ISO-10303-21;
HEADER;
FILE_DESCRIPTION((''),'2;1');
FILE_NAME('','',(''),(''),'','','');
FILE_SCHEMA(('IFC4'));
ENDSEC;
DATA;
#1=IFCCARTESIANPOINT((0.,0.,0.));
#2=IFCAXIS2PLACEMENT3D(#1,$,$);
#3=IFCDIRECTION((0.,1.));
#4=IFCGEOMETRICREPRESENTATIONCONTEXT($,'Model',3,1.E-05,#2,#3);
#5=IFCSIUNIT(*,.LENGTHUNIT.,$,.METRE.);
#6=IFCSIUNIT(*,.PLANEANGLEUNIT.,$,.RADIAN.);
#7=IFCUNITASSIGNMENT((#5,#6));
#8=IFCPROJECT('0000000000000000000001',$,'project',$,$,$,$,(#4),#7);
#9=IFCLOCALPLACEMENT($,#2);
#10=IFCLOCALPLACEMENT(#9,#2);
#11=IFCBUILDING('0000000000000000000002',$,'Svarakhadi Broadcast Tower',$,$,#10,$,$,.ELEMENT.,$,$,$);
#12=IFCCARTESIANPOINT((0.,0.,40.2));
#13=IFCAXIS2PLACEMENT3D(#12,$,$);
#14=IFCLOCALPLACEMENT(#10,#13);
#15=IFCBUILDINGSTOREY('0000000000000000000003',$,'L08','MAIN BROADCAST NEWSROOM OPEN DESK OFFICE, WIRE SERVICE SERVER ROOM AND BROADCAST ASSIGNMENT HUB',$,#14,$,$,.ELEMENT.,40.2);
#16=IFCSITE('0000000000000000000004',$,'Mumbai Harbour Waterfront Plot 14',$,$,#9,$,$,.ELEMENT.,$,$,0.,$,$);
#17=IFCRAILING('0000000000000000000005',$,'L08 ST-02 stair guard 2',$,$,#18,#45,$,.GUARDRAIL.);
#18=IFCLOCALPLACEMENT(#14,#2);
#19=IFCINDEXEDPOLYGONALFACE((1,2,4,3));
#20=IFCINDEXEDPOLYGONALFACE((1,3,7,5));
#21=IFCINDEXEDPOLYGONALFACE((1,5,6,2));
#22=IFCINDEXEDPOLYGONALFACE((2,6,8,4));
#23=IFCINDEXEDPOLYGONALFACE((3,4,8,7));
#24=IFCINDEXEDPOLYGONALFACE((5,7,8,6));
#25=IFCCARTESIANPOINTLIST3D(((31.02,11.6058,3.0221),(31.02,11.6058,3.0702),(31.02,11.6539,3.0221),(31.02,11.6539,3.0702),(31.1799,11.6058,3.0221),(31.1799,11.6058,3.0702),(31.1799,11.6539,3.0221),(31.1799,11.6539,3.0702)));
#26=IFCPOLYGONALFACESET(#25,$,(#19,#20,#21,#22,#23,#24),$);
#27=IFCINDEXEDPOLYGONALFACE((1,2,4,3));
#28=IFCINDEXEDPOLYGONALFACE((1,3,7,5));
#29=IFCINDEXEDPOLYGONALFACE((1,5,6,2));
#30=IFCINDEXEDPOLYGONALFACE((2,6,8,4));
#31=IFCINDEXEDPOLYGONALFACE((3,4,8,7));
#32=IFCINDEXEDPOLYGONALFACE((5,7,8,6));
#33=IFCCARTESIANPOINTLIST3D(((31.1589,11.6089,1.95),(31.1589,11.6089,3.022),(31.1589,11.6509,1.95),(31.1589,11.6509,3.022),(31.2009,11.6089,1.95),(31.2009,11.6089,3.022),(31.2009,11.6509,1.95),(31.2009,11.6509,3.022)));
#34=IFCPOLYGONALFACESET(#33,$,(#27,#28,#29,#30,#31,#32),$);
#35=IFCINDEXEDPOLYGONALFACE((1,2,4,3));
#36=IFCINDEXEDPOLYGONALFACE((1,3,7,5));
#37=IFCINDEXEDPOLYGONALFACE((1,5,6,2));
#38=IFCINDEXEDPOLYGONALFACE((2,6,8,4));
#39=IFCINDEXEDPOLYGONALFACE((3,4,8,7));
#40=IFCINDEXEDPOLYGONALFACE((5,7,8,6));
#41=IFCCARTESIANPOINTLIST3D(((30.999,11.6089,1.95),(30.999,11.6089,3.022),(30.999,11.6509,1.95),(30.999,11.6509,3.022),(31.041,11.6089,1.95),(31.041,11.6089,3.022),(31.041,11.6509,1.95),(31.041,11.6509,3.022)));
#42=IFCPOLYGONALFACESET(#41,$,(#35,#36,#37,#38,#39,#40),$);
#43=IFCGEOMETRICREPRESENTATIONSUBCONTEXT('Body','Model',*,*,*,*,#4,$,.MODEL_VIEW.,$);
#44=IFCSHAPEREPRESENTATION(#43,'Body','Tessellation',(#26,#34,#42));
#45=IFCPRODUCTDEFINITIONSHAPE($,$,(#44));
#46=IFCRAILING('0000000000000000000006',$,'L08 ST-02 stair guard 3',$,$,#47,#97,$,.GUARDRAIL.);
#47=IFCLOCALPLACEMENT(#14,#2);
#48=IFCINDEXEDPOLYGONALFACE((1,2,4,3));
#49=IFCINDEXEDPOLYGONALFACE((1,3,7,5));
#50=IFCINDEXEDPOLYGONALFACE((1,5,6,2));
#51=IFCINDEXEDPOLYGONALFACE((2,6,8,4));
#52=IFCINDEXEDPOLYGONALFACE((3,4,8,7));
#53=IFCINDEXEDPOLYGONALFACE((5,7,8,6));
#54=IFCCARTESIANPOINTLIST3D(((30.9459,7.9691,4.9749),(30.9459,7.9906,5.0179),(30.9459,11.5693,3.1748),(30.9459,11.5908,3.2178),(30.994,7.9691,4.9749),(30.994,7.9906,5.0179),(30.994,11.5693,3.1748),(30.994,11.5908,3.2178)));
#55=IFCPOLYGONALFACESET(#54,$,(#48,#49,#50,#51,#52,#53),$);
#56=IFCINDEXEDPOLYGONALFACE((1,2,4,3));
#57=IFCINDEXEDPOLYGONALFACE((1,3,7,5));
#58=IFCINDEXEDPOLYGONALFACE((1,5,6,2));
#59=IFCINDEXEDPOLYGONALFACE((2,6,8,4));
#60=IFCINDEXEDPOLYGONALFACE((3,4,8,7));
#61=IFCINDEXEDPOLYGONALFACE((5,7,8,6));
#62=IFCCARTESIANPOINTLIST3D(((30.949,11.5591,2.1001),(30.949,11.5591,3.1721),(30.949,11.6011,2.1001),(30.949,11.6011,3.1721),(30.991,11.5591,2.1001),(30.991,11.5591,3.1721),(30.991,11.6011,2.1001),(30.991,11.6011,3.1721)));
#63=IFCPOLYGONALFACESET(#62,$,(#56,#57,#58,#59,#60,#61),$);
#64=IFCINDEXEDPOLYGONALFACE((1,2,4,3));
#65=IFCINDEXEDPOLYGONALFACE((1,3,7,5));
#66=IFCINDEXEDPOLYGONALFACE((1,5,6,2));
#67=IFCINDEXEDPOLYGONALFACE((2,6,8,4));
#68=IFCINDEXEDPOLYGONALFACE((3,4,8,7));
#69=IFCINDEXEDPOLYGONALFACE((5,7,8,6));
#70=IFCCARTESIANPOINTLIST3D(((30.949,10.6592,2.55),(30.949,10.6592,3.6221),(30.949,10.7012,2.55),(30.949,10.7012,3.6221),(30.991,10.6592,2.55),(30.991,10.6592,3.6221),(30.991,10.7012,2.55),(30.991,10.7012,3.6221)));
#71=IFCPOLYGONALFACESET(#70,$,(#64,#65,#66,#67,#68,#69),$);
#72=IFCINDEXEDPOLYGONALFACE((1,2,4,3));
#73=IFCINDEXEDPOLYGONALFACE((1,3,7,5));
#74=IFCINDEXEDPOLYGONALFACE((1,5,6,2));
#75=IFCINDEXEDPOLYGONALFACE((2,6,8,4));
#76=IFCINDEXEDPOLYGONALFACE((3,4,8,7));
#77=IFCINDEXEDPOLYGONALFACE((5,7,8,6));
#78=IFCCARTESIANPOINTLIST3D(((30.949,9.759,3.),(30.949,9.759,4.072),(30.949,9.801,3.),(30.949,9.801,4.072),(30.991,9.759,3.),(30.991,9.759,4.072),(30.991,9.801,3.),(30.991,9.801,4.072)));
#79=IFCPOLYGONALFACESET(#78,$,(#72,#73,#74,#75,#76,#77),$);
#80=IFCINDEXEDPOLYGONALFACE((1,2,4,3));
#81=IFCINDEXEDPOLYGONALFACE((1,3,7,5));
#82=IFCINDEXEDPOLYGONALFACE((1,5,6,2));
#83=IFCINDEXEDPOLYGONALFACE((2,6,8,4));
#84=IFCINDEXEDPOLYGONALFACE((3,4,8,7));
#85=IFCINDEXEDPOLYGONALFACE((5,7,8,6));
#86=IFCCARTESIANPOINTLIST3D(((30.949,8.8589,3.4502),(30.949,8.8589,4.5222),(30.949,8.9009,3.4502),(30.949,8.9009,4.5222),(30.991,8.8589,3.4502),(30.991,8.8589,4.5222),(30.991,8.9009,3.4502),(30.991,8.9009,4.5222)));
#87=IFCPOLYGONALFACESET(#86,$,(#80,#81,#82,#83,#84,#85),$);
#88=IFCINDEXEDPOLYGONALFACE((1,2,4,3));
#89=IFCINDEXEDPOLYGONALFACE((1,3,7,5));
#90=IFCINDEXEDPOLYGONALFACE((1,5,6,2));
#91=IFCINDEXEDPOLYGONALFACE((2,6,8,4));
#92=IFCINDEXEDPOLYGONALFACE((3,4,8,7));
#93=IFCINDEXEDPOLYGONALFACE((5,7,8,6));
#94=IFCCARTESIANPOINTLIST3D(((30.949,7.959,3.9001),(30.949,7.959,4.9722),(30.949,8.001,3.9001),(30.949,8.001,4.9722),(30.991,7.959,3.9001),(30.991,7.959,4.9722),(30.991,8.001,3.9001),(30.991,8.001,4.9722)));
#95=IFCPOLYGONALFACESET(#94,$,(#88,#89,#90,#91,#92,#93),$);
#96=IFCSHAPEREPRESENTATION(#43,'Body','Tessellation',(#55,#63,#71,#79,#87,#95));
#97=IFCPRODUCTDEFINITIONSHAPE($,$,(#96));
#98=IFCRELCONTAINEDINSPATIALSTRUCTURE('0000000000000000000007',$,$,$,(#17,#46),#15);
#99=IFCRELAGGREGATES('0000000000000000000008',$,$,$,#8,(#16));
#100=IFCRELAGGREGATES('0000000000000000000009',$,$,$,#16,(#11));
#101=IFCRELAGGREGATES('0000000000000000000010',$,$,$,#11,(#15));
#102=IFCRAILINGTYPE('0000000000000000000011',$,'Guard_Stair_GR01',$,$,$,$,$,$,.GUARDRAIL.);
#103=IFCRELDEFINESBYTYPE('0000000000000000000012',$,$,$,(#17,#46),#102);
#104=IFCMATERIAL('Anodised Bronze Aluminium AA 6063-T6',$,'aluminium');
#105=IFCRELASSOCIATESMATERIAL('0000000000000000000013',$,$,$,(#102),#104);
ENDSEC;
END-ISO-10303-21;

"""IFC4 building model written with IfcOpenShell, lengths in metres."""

from ifc_helpers import new_model, si_unit, direction, frame, origin, origin_2d, place, context, subcontext, project, spatial, rectangle, extrude, material, type_object, element, save


model = new_model("IFC4")

# Units and contexts
model_context = context("Model", 3, precision=1e-05, world=origin(), true_north=direction((0.0, 1.0)))
body_context = subcontext(model_context, "Body", "Model", "MODEL_VIEW")
ifc_project = project(units=[si_unit("LENGTHUNIT", "METRE"), si_unit("PLANEANGLEUNIT", "RADIAN")], contexts=[model_context])

# Site, building, storey
site_placement = place(None, origin())
site = spatial("IfcSite", under=ifc_project, at=site_placement, Name="Mumbai Harbour Waterfront Plot 14", CompositionType="ELEMENT", RefElevation=0.0)
building_placement = place(site_placement, origin())
building = spatial("IfcBuilding", under=site, at=building_placement, Name="Svarakhadi Broadcast Tower", CompositionType="ELEMENT")
storey_placement = place(building_placement, frame((0.0, 0.0, 40.2)))
storey = spatial("IfcBuildingStorey", under=building, at=storey_placement, Name="L08", Description="MAIN BROADCAST NEWSROOM OPEN DESK OFFICE, WIRE SERVICE SERVER ROOM AND BROADCAST ASSIGNMENT HUB", CompositionType="ELEMENT", Elevation=40.2)

# Railings
ifc_material_1 = material(Name="Anodised Bronze Aluminium AA 6063-T6", Category="aluminium")
railing_type = type_object("IfcRailingType", Name="Guard_Stair_GR01", PredefinedType="GUARDRAIL", material=ifc_material_1)
railing_1_placement = place(storey_placement, frame((31.1799, 11.6299, 1.95)))
element("IfcRailing", 1, at=railing_1_placement, inside=storey, type_object=railing_type, Name="L08 ST-02 stair guard 2", PredefinedType="GUARDRAIL", context=body_context, shape_type="SweptSolid", body=[
    extrude(rectangle(XDim=0.0481, YDim=0.0481, at=origin_2d()), frame((0.0, 0.0, 1.0962), z_axis=(-1.0, 0.0, 0.0), x_axis=(0.0, -1.0, 0.0)), (0.0, 0.0, 1.0), 0.1599),
    extrude(rectangle(XDim=0.042, YDim=0.042, at=origin_2d()), origin(), (0.0, 0.0, 1.0), 1.072),
    extrude(rectangle(XDim=0.042, YDim=0.042, at=origin_2d()), frame((-0.1599, 0.0, 0.0)), (0.0, 0.0, 1.0), 1.072),
])
railing_2_placement = place(storey_placement, frame((30.97, 11.5801, 2.1001)))
element("IfcRailing", 2, at=railing_2_placement, inside=storey, type_object=railing_type, Name="L08 ST-02 stair guard 3", PredefinedType="GUARDRAIL", context=body_context, shape_type="SweptSolid", body=[
    extrude(rectangle(XDim=0.0481, YDim=0.0481, at=origin_2d()), frame((0.0, 0.0, 1.0962), z_axis=(0.0, -0.894427, 0.447214), x_axis=(1.0, 0.0, 0.0)), (0.0, 0.0, 1.0), 4.0251),
    extrude(rectangle(XDim=0.042, YDim=0.042, at=origin_2d()), origin(), (0.0, 0.0, 1.0), 1.072),
    extrude(rectangle(XDim=0.042, YDim=0.042, at=origin_2d()), frame((0.0, -0.8999, 0.45)), (0.0, 0.0, 1.0), 1.072),
    extrude(rectangle(XDim=0.042, YDim=0.042, at=origin_2d()), frame((0.0, -1.8, 0.8999)), (0.0, 0.0, 1.0), 1.072),
    extrude(rectangle(XDim=0.042, YDim=0.042, at=origin_2d()), frame((0.0, -2.7002, 1.3501)), (0.0, 0.0, 1.0), 1.072),
    extrude(rectangle(XDim=0.042, YDim=0.042, at=origin_2d()), frame((0.0, -3.6001, 1.8)), (0.0, 0.0, 1.0), 1.072),
])

save(model, "model.ifc")
